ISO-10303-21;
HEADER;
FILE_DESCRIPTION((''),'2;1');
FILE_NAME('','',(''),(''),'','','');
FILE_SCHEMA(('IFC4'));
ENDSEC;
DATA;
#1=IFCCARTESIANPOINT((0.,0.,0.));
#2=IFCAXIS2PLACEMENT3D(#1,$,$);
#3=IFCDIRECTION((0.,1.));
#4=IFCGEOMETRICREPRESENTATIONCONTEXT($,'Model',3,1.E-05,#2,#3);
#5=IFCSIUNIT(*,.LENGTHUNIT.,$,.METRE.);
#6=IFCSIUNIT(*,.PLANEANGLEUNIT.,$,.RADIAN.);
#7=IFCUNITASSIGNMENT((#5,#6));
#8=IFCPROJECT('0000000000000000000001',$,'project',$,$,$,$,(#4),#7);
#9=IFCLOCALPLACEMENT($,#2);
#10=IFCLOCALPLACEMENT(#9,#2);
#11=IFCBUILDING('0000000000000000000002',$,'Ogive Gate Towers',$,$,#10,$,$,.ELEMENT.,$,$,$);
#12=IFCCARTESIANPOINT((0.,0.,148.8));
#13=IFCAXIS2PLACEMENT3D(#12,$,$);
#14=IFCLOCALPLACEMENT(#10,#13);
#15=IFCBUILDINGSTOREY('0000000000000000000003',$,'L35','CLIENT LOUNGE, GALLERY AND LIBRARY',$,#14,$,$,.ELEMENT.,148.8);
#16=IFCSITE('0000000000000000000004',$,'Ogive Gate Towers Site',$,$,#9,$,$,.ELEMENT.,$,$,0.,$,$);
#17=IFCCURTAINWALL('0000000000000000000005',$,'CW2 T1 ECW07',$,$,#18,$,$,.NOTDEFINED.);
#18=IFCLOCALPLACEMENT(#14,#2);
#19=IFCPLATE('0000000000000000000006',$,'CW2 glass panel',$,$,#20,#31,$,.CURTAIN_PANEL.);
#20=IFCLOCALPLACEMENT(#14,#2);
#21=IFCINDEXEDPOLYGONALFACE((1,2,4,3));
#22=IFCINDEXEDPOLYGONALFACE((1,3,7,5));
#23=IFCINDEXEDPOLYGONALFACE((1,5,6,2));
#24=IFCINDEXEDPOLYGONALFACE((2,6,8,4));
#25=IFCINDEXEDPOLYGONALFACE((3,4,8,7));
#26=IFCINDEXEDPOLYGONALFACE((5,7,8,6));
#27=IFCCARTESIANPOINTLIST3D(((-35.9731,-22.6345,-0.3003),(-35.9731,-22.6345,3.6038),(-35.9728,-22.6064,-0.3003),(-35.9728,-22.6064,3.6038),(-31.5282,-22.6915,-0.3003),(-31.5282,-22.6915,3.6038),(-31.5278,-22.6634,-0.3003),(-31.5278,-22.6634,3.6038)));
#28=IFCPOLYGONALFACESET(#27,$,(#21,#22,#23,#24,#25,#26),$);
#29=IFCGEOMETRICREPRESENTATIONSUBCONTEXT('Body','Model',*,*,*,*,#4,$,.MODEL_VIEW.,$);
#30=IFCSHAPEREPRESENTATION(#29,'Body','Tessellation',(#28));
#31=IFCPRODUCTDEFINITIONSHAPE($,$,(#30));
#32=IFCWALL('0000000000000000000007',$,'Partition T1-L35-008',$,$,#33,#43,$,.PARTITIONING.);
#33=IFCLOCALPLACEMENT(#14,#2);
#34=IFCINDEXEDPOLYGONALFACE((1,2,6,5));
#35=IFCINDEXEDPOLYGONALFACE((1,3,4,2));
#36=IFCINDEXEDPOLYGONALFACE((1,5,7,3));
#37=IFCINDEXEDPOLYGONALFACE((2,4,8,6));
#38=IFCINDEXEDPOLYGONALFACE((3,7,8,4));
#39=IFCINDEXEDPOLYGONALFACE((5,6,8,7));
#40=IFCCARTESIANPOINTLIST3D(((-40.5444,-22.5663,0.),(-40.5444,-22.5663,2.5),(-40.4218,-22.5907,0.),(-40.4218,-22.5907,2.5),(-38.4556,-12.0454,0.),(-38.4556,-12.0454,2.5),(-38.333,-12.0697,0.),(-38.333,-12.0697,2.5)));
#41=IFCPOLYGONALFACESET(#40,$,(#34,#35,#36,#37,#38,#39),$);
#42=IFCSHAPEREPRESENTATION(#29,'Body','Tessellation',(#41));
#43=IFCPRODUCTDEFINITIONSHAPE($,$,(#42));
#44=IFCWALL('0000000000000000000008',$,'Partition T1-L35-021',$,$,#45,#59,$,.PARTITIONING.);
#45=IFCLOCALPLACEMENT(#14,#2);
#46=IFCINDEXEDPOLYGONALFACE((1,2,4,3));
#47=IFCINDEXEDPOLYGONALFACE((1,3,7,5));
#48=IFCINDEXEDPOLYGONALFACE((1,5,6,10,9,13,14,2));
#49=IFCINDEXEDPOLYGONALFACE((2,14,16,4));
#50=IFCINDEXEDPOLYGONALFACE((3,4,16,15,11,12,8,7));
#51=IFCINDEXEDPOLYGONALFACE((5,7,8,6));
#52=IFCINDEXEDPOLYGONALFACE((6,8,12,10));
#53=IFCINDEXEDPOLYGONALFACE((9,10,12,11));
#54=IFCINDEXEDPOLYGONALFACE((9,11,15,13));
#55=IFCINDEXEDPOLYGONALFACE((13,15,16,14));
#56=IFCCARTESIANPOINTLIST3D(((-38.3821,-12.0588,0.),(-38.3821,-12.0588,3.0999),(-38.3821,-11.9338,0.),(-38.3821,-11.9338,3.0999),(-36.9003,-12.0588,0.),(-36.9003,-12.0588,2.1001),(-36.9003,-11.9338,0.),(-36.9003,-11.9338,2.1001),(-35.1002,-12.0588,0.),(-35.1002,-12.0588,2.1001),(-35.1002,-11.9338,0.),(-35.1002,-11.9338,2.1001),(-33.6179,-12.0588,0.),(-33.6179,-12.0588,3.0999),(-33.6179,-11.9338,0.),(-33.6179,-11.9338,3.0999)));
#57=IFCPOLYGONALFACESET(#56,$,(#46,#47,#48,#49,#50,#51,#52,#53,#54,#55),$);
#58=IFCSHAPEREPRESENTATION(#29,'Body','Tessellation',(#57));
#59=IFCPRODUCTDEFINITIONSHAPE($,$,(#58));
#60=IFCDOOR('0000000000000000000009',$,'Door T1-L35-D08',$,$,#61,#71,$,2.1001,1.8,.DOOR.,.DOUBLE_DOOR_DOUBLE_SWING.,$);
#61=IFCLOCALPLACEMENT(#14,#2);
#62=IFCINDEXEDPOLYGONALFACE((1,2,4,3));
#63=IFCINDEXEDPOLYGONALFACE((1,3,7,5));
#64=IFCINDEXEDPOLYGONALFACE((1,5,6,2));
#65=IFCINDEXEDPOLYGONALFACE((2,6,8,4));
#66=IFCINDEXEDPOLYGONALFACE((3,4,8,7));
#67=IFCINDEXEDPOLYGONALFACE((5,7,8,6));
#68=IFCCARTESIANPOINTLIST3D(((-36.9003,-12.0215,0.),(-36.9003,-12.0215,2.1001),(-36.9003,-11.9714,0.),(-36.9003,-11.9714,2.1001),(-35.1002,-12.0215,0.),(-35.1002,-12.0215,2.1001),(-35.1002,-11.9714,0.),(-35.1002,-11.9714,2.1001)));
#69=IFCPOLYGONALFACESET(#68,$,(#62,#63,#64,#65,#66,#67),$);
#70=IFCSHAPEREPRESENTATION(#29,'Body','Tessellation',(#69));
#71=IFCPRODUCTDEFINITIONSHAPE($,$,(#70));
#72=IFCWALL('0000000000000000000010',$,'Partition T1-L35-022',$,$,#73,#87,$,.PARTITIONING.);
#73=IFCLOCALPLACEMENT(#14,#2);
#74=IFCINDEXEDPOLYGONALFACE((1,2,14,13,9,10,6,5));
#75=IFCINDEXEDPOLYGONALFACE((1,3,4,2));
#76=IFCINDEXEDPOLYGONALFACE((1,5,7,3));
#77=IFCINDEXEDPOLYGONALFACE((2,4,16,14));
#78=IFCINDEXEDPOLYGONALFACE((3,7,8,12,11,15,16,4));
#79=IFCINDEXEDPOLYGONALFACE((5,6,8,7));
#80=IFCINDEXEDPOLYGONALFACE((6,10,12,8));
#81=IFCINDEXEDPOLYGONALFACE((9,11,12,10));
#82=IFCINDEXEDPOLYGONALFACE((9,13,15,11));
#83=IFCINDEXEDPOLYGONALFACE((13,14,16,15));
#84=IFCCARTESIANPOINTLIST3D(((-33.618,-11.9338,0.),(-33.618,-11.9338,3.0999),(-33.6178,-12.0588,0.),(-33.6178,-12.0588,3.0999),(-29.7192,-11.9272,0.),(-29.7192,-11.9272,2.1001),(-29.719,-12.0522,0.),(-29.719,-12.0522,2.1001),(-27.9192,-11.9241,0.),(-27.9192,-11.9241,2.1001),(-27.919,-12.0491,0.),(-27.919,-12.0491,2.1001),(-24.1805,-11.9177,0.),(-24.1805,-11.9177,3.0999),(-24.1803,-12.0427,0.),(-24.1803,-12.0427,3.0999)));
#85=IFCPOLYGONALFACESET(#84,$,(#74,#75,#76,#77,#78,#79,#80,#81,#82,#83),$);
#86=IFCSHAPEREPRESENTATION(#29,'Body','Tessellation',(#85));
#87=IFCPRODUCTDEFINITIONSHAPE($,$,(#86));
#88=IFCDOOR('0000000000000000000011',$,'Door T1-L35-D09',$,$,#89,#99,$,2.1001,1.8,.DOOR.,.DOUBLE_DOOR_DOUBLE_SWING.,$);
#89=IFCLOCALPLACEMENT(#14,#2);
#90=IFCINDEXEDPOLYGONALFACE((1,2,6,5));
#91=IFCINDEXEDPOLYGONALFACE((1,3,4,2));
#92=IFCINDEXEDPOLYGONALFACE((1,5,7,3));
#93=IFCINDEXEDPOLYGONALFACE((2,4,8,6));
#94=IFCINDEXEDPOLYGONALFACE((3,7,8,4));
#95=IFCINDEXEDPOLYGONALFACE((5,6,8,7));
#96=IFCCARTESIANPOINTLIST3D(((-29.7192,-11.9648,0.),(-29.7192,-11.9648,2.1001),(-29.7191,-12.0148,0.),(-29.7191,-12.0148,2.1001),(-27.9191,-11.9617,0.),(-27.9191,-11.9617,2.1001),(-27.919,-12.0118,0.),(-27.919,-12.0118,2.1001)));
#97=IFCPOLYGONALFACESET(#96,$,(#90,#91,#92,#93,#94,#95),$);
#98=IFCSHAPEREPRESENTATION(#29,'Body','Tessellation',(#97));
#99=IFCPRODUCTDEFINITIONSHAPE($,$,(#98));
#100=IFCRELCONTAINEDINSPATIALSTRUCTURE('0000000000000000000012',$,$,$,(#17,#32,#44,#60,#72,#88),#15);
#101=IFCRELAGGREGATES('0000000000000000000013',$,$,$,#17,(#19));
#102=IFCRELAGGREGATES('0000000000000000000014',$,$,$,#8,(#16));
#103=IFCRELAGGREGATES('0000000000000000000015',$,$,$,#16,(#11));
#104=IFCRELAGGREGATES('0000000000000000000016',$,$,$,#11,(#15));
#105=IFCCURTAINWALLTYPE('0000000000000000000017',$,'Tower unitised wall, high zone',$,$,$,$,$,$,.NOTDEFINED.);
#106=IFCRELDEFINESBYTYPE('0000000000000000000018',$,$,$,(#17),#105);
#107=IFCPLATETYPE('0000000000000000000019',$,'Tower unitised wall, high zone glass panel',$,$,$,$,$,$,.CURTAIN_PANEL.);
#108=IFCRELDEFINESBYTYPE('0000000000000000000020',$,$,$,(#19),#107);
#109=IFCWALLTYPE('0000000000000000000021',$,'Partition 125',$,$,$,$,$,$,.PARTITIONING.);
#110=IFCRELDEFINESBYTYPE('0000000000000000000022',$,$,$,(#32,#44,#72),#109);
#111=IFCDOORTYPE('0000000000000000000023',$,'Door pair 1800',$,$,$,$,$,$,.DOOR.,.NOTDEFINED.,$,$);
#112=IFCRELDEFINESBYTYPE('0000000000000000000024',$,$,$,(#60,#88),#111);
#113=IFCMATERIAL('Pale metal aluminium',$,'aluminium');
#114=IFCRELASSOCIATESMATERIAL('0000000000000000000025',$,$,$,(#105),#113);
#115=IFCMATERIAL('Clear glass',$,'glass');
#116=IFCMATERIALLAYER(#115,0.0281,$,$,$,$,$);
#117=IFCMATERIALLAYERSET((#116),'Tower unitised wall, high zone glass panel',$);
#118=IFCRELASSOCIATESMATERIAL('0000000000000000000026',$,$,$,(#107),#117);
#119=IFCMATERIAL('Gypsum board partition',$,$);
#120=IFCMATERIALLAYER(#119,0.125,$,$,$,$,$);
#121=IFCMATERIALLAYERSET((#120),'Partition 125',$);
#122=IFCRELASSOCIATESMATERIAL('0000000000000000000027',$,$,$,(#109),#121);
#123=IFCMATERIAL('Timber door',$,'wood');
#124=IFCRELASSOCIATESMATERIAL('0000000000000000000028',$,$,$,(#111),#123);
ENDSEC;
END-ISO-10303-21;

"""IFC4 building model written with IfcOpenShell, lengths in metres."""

from ifc_helpers import new_model, si_unit, direction, frame, frame_2d, origin, origin_2d, place, context, subcontext, project, spatial, rectangle, extrude, material, layer, layer_set, type_object, element, fill, aggregate, save


model = new_model("IFC4")

# Units and contexts
model_context = context("Model", 3, precision=1e-05, world=origin(), true_north=direction((0.0, 1.0)))
body_context = subcontext(model_context, "Body", "Model", "MODEL_VIEW")
ifc_project = project(units=[si_unit("LENGTHUNIT", "METRE"), si_unit("PLANEANGLEUNIT", "RADIAN")], contexts=[model_context])

# Site, building, storey
site_placement = place(None, origin())
site = spatial("IfcSite", under=ifc_project, at=site_placement, Name="Ogive Gate Towers Site", CompositionType="ELEMENT", RefElevation=0.0)
building_placement = place(site_placement, origin())
building = spatial("IfcBuilding", under=site, at=building_placement, Name="Ogive Gate Towers", CompositionType="ELEMENT")
storey_placement = place(building_placement, frame((0.0, 0.0, 148.8)))
storey = spatial("IfcBuildingStorey", under=building, at=storey_placement, Name="L35", Description="CLIENT LOUNGE, GALLERY AND LIBRARY", CompositionType="ELEMENT", Elevation=148.8)

# Shared definitions
ifc_material_1 = material(Name="Pale metal aluminium", Category="aluminium")
curtain_wall_type = type_object("IfcCurtainWallType", Name="Tower unitised wall, high zone", PredefinedType="NOTDEFINED", material=ifc_material_1)

# Curtain wall
curtain_wall_1_placement = place(storey_placement, origin())
curtain_wall_1 = element("IfcCurtainWall", 1, at=curtain_wall_1_placement, inside=storey, type_object=curtain_wall_type, Name="CW2 T1 ECW07", PredefinedType="NOTDEFINED")

# Plate
ifc_material_2 = material(Name="Clear glass", Category="glass")
ifc_layer_1 = layer(ifc_material_2, 0.0281)
ifc_layer_set_1 = layer_set([ifc_layer_1], Name="Tower unitised wall, high zone glass panel")
plate_type = type_object("IfcPlateType", Name="Tower unitised wall, high zone glass panel", PredefinedType="CURTAIN_PANEL", material=ifc_layer_set_1)
plate_1_placement = place(storey_placement, frame((-33.7505, -22.6489, -0.3003), z_axis=(0.0, 0.0, 1.0), x_axis=(0.999918, -0.012828, 0.0)))
plate_1 = element("IfcPlate", 2, at=plate_1_placement, type_object=plate_type, Name="CW2 glass panel", PredefinedType="CURTAIN_PANEL", context=body_context, shape_type="SweptSolid", body=[
    extrude(rectangle(XDim=4.4453, YDim=0.0281, at=origin_2d()), origin(), (0.0, 0.0, 1.0), 3.9041),
])
aggregate(curtain_wall_1, [plate_1])

# Wall
ifc_material_3 = material(Name="Gypsum board partition")
ifc_layer_2 = layer(ifc_material_3, 0.125)
ifc_layer_set_2 = layer_set([ifc_layer_2], Name="Partition 125")
wall_type = type_object("IfcWallType", Name="Partition 125", PredefinedType="PARTITIONING", material=ifc_layer_set_2)
wall_1_placement = place(storey_placement, frame((-40.4832, -22.5786, 0.0), z_axis=(0.0, 0.0, 1.0), x_axis=(0.194742, 0.980855, 0.0)))
element("IfcWall", 3, at=wall_1_placement, inside=storey, type_object=wall_type, Name="Partition T1-L35-008", PredefinedType="PARTITIONING", context=body_context, shape_type="SweptSolid", body=[
    extrude(rectangle(XDim=10.7263, YDim=0.125, at=frame_2d((5.3633, 0.0))), origin(), (0.0, 0.0, 1.0), 2.5),
])

# Walls, openings, doors
wall_2_placement = place(storey_placement, frame((-38.3821, -11.9963, 0.0), z_axis=(0.0, 0.0, 1.0), x_axis=(1.0, 0.0, 0.0)))
wall_2 = element("IfcWall", 4, at=wall_2_placement, inside=storey, type_object=wall_type, Name="Partition T1-L35-021", PredefinedType="PARTITIONING", context=body_context, shape_type="SweptSolid", body=[
    extrude(rectangle(XDim=4.7642, YDim=0.125, at=frame_2d((2.3821, 0.0))), origin(), (0.0, 0.0, 1.0), 3.0999),
])
opening_1_placement = place(wall_2_placement, frame((1.4819, 0.0, 0.0)))
opening_1 = element("IfcOpeningElement", 5, at=opening_1_placement, cuts=wall_2, PredefinedType="OPENING", context=body_context, shape_type="SweptSolid", body=[
    extrude(rectangle(XDim=1.8, YDim=2.1001, at=frame_2d((0.8999, 1.05))), frame((0.0, 0.0725, 0.0), z_axis=(0.0, -1.0, 0.0), x_axis=(1.0, 0.0, 0.0)), (0.0, 0.0, 1.0), 0.145),
])
ifc_material_4 = material(Name="Timber door", Category="wood")
door_type = type_object("IfcDoorType", Name="Door pair 1800", OperationType="NOTDEFINED", PredefinedType="DOOR", material=ifc_material_4)
door_1_placement = place(opening_1_placement, origin())
door_1 = element("IfcDoor", 6, at=door_1_placement, inside=storey, type_object=door_type, Name="Door T1-L35-D08", OperationType="DOUBLE_DOOR_DOUBLE_SWING", OverallHeight=2.1001, OverallWidth=1.8, PredefinedType="DOOR", context=body_context, shape_type="SweptSolid", body=[
    extrude(rectangle(XDim=1.8, YDim=2.1001, at=frame_2d((0.8999, 1.05))), frame((0.0, 0.0249, 0.0), z_axis=(0.0, -1.0, 0.0), x_axis=(1.0, 0.0, 0.0)), (0.0, 0.0, 1.0), 0.05),
])
fill(opening_1, door_1)
wall_3_placement = place(storey_placement, frame((-33.6179, -11.9963, 0.0), z_axis=(0.0, 0.0, 1.0), x_axis=(0.999999, 0.001707, 0.0)))
wall_3 = element("IfcWall", 7, at=wall_3_placement, inside=storey, type_object=wall_type, Name="Partition T1-L35-022", PredefinedType="PARTITIONING", context=body_context, shape_type="SweptSolid", body=[
    extrude(rectangle(XDim=9.4375, YDim=0.125, at=frame_2d((4.7188, 0.0))), origin(), (0.0, 0.0, 1.0), 3.0999),
])
opening_2_placement = place(wall_3_placement, frame((3.8989, 0.0, 0.0)))
opening_2 = element("IfcOpeningElement", 8, at=opening_2_placement, cuts=wall_3, PredefinedType="OPENING", context=body_context, shape_type="SweptSolid", body=[
    extrude(rectangle(XDim=1.8, YDim=2.1001, at=frame_2d((0.8999, 1.05))), frame((0.0, 0.0725, 0.0), z_axis=(0.0, -1.0, 0.0), x_axis=(1.0, 0.0, 0.0)), (0.0, 0.0, 1.0), 0.145),
])
door_2_placement = place(opening_2_placement, origin())
door_2 = element("IfcDoor", 9, at=door_2_placement, inside=storey, type_object=door_type, Name="Door T1-L35-D09", OperationType="DOUBLE_DOOR_DOUBLE_SWING", OverallHeight=2.1001, OverallWidth=1.8, PredefinedType="DOOR", context=body_context, shape_type="SweptSolid", body=[
    extrude(rectangle(XDim=1.8, YDim=2.1001, at=frame_2d((0.8999, 1.05))), frame((0.0, 0.0249, 0.0), z_axis=(0.0, -1.0, 0.0), x_axis=(1.0, 0.0, 0.0)), (0.0, 0.0, 1.0), 0.05),
])
fill(opening_2, door_2)

save(model, "model.ifc")
